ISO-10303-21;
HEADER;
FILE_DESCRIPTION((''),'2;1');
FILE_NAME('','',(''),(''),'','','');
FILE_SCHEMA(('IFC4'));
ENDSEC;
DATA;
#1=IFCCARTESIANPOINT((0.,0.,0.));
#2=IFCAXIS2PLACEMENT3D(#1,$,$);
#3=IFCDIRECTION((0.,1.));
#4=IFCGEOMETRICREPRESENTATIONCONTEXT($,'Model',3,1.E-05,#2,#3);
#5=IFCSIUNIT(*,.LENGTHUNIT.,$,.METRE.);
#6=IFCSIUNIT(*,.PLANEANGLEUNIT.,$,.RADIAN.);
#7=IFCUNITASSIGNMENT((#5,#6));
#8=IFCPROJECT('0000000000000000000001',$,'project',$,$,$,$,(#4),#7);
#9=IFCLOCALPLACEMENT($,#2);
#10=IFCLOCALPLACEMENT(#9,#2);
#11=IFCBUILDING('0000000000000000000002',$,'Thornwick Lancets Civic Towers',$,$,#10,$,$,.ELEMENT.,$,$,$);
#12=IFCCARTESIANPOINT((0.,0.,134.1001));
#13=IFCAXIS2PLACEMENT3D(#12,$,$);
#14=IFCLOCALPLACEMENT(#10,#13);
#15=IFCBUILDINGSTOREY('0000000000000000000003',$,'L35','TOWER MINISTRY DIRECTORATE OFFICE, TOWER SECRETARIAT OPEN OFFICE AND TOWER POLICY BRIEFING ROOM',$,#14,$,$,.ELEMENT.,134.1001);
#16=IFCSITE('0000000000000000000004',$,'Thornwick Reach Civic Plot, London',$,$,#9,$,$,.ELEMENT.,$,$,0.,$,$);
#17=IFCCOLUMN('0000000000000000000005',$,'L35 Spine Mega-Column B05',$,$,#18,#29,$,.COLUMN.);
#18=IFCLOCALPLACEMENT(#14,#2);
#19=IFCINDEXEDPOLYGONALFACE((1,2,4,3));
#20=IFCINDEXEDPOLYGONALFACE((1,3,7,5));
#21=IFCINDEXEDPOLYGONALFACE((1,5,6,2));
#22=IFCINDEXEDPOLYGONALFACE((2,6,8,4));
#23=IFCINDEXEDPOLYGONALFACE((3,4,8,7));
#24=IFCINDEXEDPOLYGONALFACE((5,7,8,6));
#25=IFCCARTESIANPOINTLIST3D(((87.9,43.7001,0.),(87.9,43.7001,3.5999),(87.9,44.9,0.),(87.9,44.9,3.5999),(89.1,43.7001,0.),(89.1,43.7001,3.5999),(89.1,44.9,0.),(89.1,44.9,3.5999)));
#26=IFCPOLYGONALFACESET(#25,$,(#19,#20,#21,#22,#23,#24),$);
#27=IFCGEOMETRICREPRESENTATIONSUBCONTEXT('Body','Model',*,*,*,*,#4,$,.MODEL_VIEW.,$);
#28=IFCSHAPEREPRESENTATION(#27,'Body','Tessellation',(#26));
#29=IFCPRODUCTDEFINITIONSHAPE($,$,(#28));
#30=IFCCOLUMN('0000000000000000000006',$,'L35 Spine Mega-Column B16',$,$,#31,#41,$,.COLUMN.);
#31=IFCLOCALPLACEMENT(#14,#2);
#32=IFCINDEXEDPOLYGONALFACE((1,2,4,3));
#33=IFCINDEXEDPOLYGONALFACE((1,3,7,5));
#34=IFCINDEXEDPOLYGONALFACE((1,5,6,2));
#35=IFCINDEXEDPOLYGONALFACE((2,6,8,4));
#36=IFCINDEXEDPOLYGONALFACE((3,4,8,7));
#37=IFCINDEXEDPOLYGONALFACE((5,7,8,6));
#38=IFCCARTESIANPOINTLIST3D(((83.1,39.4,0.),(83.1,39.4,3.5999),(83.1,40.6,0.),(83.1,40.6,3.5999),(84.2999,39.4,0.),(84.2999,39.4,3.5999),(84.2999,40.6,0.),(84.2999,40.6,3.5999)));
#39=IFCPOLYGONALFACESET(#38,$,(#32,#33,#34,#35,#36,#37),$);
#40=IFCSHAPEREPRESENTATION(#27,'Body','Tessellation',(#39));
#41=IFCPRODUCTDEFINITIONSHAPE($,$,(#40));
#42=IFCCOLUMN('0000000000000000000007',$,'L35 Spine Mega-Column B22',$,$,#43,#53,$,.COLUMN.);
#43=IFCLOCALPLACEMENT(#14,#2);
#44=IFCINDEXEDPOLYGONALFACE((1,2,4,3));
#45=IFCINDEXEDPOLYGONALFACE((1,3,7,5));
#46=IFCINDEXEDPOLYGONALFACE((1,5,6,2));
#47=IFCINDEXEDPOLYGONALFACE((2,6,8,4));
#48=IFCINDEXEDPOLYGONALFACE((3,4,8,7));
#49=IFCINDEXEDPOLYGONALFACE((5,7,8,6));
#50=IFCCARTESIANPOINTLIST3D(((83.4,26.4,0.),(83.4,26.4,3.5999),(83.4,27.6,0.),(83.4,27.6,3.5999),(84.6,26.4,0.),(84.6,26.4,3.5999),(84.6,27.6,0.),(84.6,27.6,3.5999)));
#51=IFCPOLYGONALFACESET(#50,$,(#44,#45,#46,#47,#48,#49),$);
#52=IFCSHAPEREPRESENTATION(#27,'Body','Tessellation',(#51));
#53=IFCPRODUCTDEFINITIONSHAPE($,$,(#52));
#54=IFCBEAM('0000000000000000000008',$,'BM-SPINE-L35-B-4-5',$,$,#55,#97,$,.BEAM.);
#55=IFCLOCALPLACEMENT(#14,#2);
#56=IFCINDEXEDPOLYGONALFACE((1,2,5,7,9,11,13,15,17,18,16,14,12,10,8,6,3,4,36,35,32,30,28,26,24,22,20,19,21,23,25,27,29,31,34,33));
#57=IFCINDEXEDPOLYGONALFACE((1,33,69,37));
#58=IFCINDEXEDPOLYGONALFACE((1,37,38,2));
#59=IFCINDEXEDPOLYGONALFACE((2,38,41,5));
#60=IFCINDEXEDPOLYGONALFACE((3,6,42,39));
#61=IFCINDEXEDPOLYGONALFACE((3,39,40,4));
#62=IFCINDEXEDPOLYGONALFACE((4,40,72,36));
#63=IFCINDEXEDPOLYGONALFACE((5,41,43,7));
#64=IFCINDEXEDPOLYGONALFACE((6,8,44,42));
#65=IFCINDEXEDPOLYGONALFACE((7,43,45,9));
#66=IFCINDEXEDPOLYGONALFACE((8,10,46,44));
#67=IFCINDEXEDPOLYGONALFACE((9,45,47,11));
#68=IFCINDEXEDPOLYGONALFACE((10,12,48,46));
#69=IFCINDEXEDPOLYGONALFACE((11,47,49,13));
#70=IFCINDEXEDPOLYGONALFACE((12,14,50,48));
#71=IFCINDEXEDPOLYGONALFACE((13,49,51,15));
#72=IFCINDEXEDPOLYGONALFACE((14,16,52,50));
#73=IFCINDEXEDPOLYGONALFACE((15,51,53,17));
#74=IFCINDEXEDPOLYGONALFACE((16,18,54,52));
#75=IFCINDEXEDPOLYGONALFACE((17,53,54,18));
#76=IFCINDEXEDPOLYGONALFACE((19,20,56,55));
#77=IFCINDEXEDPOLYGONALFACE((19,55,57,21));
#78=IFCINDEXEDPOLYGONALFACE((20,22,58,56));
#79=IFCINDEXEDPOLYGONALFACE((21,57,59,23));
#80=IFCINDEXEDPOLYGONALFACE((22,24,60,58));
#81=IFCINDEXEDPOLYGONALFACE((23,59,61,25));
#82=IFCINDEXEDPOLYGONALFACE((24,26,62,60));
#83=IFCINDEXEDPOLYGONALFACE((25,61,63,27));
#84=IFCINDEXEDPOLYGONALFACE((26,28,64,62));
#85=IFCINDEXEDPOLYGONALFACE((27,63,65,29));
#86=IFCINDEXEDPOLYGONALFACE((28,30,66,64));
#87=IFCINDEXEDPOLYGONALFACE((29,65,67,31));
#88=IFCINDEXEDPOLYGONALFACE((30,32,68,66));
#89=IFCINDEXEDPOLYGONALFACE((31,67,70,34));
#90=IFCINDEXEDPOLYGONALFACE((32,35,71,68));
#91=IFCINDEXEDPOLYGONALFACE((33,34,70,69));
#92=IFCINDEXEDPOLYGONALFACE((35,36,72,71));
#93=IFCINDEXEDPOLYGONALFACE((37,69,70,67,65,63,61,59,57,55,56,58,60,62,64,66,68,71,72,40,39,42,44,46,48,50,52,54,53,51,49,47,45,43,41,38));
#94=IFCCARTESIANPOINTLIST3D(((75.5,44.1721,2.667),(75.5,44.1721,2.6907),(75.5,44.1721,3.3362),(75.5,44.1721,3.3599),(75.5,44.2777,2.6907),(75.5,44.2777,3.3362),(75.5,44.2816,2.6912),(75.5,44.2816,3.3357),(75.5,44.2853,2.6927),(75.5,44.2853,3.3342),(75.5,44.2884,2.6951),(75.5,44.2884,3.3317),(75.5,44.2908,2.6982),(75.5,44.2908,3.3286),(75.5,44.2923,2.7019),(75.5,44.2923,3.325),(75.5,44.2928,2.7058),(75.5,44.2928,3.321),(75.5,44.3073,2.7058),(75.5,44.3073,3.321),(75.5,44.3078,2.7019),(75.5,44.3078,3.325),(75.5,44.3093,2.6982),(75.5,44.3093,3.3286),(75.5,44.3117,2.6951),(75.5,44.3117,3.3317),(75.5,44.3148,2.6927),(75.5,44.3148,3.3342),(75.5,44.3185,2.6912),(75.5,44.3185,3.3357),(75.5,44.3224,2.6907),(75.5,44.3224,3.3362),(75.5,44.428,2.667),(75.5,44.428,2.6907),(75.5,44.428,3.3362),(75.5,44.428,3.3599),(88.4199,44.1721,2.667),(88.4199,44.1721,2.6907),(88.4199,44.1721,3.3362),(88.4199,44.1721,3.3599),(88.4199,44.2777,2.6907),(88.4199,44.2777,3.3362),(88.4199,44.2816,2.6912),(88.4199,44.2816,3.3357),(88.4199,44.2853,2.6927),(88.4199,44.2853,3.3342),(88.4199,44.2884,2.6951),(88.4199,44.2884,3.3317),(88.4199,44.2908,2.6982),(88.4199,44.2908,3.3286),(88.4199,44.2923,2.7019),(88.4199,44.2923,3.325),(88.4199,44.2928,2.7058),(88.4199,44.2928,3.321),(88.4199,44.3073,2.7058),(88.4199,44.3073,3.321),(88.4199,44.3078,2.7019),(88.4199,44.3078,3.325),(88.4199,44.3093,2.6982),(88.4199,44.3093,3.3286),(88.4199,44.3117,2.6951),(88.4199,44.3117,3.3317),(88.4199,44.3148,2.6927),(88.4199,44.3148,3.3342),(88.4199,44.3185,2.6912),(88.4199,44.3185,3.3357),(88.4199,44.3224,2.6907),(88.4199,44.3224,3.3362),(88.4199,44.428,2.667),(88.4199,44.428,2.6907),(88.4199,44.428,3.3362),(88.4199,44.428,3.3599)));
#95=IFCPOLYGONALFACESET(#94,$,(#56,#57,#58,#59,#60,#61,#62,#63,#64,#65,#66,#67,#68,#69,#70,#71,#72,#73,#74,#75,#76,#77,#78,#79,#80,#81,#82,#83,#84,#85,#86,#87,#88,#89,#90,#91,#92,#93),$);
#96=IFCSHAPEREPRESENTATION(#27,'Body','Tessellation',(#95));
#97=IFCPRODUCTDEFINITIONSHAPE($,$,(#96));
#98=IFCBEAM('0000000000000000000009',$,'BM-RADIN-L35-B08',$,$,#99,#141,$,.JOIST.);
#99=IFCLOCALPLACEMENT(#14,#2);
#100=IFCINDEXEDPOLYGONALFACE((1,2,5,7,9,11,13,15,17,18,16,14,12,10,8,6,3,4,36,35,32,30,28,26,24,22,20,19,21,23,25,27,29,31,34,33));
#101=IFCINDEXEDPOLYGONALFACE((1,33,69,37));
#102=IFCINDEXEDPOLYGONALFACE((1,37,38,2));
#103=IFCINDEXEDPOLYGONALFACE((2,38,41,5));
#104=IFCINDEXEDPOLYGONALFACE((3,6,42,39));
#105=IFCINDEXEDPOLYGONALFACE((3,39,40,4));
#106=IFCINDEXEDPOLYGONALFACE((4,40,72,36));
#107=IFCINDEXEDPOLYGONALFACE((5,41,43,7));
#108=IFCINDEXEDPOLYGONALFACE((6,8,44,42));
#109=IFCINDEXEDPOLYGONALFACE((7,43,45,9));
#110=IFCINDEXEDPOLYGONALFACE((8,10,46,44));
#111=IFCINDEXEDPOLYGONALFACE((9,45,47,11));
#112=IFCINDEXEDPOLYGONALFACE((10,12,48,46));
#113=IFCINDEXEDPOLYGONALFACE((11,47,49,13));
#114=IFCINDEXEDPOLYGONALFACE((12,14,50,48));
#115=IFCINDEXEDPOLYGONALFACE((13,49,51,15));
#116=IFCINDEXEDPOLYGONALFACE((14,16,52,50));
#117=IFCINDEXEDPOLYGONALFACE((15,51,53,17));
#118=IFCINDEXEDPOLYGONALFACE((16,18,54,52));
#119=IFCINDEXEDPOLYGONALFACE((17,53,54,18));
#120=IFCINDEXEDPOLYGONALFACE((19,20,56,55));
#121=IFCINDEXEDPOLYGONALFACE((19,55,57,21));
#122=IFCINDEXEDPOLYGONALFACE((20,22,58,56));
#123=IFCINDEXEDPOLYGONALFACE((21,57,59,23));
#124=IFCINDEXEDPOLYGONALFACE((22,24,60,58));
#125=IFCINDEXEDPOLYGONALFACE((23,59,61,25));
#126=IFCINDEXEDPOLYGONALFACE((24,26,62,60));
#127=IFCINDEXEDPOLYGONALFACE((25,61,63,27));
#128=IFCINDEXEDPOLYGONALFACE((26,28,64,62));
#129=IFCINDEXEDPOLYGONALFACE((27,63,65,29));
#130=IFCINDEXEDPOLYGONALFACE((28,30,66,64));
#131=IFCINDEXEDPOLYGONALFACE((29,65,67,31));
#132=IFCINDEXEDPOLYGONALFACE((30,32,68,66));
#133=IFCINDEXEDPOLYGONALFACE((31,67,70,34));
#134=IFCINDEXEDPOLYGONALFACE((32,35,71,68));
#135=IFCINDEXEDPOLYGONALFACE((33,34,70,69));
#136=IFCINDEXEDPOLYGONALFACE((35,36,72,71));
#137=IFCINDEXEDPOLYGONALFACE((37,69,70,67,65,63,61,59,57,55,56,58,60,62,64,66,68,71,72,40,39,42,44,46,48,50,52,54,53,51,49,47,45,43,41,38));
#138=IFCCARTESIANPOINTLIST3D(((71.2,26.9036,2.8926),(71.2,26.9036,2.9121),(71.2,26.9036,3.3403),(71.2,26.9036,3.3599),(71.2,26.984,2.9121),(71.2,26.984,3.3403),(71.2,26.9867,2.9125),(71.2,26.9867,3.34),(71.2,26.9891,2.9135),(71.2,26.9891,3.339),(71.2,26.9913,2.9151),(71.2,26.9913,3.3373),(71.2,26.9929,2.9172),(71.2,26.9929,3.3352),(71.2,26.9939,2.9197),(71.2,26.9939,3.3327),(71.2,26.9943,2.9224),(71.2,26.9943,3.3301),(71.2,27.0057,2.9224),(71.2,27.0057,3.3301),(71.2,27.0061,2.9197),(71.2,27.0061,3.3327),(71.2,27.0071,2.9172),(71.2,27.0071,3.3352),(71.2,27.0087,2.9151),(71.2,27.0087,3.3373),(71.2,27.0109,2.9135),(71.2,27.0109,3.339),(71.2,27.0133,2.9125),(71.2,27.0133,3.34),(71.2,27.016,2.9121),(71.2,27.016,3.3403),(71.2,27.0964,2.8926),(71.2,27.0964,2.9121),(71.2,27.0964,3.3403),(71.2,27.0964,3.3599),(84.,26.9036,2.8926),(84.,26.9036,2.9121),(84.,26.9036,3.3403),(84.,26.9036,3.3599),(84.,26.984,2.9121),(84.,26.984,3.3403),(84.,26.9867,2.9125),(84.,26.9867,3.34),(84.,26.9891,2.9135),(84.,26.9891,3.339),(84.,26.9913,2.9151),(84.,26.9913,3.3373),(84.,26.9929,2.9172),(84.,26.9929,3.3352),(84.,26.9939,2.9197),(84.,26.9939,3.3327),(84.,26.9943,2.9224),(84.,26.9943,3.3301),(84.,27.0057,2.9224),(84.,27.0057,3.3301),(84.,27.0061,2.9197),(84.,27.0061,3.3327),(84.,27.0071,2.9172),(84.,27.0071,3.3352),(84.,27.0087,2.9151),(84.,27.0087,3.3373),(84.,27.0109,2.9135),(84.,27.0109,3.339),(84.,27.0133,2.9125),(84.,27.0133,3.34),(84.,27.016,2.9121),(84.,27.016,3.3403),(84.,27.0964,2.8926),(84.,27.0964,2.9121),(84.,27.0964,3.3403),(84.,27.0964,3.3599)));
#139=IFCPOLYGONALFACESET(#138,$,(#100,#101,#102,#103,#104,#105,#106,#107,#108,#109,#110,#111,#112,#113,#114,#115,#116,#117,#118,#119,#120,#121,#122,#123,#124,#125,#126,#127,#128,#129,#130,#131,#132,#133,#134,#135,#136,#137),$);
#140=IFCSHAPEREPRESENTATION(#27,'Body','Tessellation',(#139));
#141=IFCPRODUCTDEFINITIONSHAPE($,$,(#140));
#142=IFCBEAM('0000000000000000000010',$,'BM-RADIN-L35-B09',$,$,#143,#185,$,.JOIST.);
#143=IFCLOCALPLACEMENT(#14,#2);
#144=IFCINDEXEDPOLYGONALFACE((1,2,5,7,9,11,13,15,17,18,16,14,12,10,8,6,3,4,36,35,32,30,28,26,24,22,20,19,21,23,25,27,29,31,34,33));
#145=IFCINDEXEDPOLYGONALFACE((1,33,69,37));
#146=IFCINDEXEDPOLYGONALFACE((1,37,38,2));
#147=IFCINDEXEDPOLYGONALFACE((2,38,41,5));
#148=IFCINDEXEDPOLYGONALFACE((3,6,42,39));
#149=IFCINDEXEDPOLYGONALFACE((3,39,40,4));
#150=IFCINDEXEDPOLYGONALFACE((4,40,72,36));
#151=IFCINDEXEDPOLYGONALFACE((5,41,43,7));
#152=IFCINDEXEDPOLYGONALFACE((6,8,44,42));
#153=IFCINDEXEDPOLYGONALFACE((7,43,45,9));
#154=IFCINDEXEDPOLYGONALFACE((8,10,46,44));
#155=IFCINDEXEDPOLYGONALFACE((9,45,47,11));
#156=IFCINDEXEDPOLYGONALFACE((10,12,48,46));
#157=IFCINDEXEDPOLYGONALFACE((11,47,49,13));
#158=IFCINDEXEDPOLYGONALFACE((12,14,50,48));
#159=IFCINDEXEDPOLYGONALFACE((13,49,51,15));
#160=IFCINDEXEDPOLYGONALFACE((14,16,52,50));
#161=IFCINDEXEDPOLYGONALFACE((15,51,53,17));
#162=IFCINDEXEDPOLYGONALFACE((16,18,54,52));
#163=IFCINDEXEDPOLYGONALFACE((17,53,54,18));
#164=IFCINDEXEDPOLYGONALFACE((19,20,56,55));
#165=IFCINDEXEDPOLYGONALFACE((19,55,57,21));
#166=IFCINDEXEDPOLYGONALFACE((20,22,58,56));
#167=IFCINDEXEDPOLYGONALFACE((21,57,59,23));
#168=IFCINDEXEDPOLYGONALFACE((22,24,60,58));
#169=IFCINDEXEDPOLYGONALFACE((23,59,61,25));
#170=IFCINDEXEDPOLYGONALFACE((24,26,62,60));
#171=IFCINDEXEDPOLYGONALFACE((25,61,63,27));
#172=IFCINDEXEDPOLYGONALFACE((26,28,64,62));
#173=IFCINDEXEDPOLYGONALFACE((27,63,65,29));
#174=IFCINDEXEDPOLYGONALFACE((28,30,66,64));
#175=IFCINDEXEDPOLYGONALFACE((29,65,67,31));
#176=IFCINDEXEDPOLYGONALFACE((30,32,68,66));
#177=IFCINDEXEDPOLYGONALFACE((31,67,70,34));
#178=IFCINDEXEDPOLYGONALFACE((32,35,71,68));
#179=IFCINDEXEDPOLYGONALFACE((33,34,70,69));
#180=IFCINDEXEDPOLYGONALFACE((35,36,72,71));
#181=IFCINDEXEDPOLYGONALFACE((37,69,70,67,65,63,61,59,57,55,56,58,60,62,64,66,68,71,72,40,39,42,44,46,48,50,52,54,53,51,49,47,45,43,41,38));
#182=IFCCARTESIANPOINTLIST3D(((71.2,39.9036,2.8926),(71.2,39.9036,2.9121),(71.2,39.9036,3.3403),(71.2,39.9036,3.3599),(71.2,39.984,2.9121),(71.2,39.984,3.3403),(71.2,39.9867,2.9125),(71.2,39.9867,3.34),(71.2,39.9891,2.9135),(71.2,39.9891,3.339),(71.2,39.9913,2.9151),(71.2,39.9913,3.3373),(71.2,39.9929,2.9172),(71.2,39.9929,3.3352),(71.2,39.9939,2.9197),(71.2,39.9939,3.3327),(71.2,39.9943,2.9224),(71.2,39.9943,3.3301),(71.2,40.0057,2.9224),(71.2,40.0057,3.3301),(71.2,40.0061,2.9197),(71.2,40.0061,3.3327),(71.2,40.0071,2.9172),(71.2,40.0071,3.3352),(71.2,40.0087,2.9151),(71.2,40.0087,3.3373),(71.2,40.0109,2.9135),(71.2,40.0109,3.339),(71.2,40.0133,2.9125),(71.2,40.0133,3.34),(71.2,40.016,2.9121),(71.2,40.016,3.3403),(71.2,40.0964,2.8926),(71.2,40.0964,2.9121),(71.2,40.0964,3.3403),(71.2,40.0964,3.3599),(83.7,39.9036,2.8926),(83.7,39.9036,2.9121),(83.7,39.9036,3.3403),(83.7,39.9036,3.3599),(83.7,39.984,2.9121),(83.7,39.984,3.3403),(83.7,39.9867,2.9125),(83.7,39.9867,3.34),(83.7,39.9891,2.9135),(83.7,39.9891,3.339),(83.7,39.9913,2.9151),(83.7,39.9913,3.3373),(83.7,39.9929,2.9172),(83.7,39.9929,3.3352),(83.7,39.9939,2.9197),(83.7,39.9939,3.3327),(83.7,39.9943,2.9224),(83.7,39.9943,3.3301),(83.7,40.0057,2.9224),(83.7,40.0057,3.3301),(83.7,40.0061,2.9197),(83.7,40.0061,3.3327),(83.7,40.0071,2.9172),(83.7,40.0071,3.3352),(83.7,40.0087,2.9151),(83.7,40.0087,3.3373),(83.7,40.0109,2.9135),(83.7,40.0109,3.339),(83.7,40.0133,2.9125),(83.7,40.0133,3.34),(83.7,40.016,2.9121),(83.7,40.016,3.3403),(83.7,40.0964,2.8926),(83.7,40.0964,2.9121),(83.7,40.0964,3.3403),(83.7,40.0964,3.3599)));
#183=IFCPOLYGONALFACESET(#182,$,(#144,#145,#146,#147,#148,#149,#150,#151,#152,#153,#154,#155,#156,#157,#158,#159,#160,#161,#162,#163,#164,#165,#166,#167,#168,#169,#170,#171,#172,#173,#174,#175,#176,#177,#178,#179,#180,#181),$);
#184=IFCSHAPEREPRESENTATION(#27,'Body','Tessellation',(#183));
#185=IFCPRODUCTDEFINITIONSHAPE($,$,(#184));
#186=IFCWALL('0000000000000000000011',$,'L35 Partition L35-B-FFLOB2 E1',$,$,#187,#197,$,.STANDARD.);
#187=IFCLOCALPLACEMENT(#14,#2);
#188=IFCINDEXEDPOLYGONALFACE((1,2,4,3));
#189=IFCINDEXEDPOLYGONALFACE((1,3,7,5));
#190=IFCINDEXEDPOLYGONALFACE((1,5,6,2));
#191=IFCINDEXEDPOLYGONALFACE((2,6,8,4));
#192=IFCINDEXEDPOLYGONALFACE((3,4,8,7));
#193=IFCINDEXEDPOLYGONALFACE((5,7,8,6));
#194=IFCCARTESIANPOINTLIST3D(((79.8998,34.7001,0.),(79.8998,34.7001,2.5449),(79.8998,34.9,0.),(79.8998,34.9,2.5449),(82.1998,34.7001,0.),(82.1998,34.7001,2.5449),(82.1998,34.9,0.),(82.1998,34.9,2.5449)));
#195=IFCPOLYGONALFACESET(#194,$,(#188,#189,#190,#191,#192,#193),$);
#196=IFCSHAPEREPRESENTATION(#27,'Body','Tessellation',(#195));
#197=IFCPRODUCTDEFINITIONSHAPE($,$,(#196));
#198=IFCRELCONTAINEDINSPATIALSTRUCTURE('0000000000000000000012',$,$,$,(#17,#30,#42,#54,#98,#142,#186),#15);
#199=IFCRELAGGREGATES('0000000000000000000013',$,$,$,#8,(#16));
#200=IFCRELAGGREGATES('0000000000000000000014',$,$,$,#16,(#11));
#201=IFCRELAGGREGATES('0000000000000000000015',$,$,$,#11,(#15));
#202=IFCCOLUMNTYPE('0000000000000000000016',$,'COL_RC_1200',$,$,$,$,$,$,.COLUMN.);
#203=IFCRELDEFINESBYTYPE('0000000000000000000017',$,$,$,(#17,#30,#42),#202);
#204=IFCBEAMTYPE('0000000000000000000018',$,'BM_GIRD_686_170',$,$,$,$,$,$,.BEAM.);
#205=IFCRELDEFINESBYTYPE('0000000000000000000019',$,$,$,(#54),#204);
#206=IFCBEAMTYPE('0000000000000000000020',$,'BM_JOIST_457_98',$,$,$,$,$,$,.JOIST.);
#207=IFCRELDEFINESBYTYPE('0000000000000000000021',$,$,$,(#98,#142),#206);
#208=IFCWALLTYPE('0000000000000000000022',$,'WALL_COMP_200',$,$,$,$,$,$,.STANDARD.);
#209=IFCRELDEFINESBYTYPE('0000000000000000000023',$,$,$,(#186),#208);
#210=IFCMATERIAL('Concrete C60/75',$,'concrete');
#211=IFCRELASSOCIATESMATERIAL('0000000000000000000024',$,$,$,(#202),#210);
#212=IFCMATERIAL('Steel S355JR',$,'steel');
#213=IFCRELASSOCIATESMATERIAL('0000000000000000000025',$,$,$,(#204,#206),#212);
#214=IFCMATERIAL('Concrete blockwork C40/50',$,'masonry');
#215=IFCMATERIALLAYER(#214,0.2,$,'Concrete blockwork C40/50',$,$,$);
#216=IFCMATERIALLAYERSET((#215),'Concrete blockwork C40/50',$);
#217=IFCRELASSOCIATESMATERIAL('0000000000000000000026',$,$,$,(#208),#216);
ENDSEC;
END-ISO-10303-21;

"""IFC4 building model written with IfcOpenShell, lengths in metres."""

from ifc_helpers import new_model, si_unit, direction, frame, frame_2d, origin, origin_2d, place, context, subcontext, project, spatial, rectangle, i_section, extrude, material, layer, layer_set, material_profile, profile_set, type_object, element, save


model = new_model("IFC4")

# Units and contexts
model_context = context("Model", 3, precision=1e-05, world=origin(), true_north=direction((0.0, 1.0)))
body_context = subcontext(model_context, "Body", "Model", "MODEL_VIEW")
ifc_project = project(units=[si_unit("LENGTHUNIT", "METRE"), si_unit("PLANEANGLEUNIT", "RADIAN")], contexts=[model_context])

# Site, building, storey
site_placement = place(None, origin())
site = spatial("IfcSite", under=ifc_project, at=site_placement, Name="Thornwick Reach Civic Plot, London", CompositionType="ELEMENT", RefElevation=0.0)
building_placement = place(site_placement, origin())
building = spatial("IfcBuilding", under=site, at=building_placement, Name="Thornwick Lancets Civic Towers", CompositionType="ELEMENT")
storey_placement = place(building_placement, frame((0.0, 0.0, 134.1001)))
storey = spatial("IfcBuildingStorey", under=building, at=storey_placement, Name="L35", Description="TOWER MINISTRY DIRECTORATE OFFICE, TOWER SECRETARIAT OPEN OFFICE AND TOWER POLICY BRIEFING ROOM", CompositionType="ELEMENT", Elevation=134.1001)

# Columns
ifc_material_1 = material(Name="Concrete C60/75", Category="concrete")
ifc_material_profile_1 = material_profile(ifc_material_1, rectangle(XDim=1.2, YDim=1.2, at=origin_2d()), Name="RC 1200x1200")
ifc_profile_set_1 = profile_set([ifc_material_profile_1], Name="Concrete C60/75")
column_type = type_object("IfcColumnType", Name="COL_RC_1200", PredefinedType="COLUMN", material=ifc_profile_set_1)
for number, where, z_axis, x_axis, name in (
    (1, (88.5, 44.3, 0.0), (0.0, 0.0, 1.0), (1.0, 0.0, 0.0), "L35 Spine Mega-Column B05"),
    (2, (83.7, 40.0, 0.0), (0.0, 0.0, 1.0), (1.0, 0.0, 0.0), "L35 Spine Mega-Column B16"),
    (3, (84.0, 27.0, 0.0), (0.0, 0.0, 1.0), (1.0, 0.0, 0.0), "L35 Spine Mega-Column B22"),
):
    element("IfcColumn", number, at=place(storey_placement, frame(where, z_axis=z_axis, x_axis=x_axis)), inside=storey, type_object=column_type, Name=name, PredefinedType="COLUMN", context=body_context, shape_type="SweptSolid", body=[
        extrude(rectangle(XDim=1.2, YDim=1.2, at=origin_2d()), origin(), (0.0, 0.0, 1.0), 3.5999),
    ])

# Beams
ifc_material_2 = material(Name="Steel S355JR", Category="steel")
ifc_material_profile_2 = material_profile(ifc_material_2, i_section(OverallWidth=0.2559, OverallDepth=0.6929, WebThickness=0.0144, FlangeThickness=0.0237, FilletRadius=0.0151, at=origin_2d()), Name="UKB 686x254x170")
ifc_profile_set_2 = profile_set([ifc_material_profile_2], Name="Steel S355JR")
beam_type_1 = type_object("IfcBeamType", Name="BM_GIRD_686_170", PredefinedType="BEAM", material=ifc_profile_set_2)
beam_1_placement = place(storey_placement, frame((88.4199, 44.3, 3.0134), z_axis=(-1.0, 0.0, 0.0), x_axis=(0.0, -1.0, 0.0)))
element("IfcBeam", 4, at=beam_1_placement, inside=storey, type_object=beam_type_1, Name="BM-SPINE-L35-B-4-5", PredefinedType="BEAM", context=body_context, shape_type="SweptSolid", body=[
    extrude(i_section(OverallWidth=0.2559, OverallDepth=0.6929, WebThickness=0.0144, FlangeThickness=0.0237, FilletRadius=0.0151, at=origin_2d()), origin(), (0.0, 0.0, 1.0), 12.9199),
])
ifc_material_profile_3 = material_profile(ifc_material_2, i_section(OverallWidth=0.1929, OverallDepth=0.4673, WebThickness=0.0115, FlangeThickness=0.0195, FilletRadius=0.0103, at=origin_2d()), Name="UKB 457x191x98")
ifc_profile_set_3 = profile_set([ifc_material_profile_3], Name="Steel S355JR")
beam_type_2 = type_object("IfcBeamType", Name="BM_JOIST_457_98", PredefinedType="JOIST", material=ifc_profile_set_3)
beam_2_placement = place(storey_placement, frame((84.0, 27.0, 3.1262), z_axis=(-1.0, 0.0, 0.0), x_axis=(0.0, -1.0, 0.0)))
element("IfcBeam", 5, at=beam_2_placement, inside=storey, type_object=beam_type_2, Name="BM-RADIN-L35-B08", PredefinedType="JOIST", context=body_context, shape_type="SweptSolid", body=[
    extrude(i_section(OverallWidth=0.1929, OverallDepth=0.4673, WebThickness=0.0115, FlangeThickness=0.0195, FilletRadius=0.0103, at=origin_2d()), origin(), (0.0, 0.0, 1.0), 12.8),
])
beam_3_placement = place(storey_placement, frame((83.7, 40.0, 3.1262), z_axis=(-1.0, 0.0, 0.0), x_axis=(0.0, -1.0, 0.0)))
element("IfcBeam", 6, at=beam_3_placement, inside=storey, type_object=beam_type_2, Name="BM-RADIN-L35-B09", PredefinedType="JOIST", context=body_context, shape_type="SweptSolid", body=[
    extrude(i_section(OverallWidth=0.1929, OverallDepth=0.4673, WebThickness=0.0115, FlangeThickness=0.0195, FilletRadius=0.0103, at=origin_2d()), origin(), (0.0, 0.0, 1.0), 12.5),
])

# Wall
ifc_material_3 = material(Name="Concrete blockwork C40/50", Category="masonry")
ifc_layer_1 = layer(ifc_material_3, 0.2, Name="Concrete blockwork C40/50")
ifc_layer_set_1 = layer_set([ifc_layer_1], Name="Concrete blockwork C40/50")
wall_type_1 = type_object("IfcWallType", Name="WALL_COMP_200", PredefinedType="STANDARD", material=ifc_layer_set_1)
wall_1_placement = place(storey_placement, frame((79.8999, 34.8, 0.0), z_axis=(0.0, 0.0, 1.0), x_axis=(1.0, 0.0, 0.0)))
element("IfcWall", 7, at=wall_1_placement, inside=storey, type_object=wall_type_1, Name="L35 Partition L35-B-FFLOB2 E1", PredefinedType="STANDARD", context=body_context, shape_type="SweptSolid", body=[
    extrude(rectangle(XDim=2.3, YDim=0.2, at=frame_2d((1.1499, 0.0))), origin(), (0.0, 0.0, 1.0), 2.5449),
])

save(model, "model.ifc")
